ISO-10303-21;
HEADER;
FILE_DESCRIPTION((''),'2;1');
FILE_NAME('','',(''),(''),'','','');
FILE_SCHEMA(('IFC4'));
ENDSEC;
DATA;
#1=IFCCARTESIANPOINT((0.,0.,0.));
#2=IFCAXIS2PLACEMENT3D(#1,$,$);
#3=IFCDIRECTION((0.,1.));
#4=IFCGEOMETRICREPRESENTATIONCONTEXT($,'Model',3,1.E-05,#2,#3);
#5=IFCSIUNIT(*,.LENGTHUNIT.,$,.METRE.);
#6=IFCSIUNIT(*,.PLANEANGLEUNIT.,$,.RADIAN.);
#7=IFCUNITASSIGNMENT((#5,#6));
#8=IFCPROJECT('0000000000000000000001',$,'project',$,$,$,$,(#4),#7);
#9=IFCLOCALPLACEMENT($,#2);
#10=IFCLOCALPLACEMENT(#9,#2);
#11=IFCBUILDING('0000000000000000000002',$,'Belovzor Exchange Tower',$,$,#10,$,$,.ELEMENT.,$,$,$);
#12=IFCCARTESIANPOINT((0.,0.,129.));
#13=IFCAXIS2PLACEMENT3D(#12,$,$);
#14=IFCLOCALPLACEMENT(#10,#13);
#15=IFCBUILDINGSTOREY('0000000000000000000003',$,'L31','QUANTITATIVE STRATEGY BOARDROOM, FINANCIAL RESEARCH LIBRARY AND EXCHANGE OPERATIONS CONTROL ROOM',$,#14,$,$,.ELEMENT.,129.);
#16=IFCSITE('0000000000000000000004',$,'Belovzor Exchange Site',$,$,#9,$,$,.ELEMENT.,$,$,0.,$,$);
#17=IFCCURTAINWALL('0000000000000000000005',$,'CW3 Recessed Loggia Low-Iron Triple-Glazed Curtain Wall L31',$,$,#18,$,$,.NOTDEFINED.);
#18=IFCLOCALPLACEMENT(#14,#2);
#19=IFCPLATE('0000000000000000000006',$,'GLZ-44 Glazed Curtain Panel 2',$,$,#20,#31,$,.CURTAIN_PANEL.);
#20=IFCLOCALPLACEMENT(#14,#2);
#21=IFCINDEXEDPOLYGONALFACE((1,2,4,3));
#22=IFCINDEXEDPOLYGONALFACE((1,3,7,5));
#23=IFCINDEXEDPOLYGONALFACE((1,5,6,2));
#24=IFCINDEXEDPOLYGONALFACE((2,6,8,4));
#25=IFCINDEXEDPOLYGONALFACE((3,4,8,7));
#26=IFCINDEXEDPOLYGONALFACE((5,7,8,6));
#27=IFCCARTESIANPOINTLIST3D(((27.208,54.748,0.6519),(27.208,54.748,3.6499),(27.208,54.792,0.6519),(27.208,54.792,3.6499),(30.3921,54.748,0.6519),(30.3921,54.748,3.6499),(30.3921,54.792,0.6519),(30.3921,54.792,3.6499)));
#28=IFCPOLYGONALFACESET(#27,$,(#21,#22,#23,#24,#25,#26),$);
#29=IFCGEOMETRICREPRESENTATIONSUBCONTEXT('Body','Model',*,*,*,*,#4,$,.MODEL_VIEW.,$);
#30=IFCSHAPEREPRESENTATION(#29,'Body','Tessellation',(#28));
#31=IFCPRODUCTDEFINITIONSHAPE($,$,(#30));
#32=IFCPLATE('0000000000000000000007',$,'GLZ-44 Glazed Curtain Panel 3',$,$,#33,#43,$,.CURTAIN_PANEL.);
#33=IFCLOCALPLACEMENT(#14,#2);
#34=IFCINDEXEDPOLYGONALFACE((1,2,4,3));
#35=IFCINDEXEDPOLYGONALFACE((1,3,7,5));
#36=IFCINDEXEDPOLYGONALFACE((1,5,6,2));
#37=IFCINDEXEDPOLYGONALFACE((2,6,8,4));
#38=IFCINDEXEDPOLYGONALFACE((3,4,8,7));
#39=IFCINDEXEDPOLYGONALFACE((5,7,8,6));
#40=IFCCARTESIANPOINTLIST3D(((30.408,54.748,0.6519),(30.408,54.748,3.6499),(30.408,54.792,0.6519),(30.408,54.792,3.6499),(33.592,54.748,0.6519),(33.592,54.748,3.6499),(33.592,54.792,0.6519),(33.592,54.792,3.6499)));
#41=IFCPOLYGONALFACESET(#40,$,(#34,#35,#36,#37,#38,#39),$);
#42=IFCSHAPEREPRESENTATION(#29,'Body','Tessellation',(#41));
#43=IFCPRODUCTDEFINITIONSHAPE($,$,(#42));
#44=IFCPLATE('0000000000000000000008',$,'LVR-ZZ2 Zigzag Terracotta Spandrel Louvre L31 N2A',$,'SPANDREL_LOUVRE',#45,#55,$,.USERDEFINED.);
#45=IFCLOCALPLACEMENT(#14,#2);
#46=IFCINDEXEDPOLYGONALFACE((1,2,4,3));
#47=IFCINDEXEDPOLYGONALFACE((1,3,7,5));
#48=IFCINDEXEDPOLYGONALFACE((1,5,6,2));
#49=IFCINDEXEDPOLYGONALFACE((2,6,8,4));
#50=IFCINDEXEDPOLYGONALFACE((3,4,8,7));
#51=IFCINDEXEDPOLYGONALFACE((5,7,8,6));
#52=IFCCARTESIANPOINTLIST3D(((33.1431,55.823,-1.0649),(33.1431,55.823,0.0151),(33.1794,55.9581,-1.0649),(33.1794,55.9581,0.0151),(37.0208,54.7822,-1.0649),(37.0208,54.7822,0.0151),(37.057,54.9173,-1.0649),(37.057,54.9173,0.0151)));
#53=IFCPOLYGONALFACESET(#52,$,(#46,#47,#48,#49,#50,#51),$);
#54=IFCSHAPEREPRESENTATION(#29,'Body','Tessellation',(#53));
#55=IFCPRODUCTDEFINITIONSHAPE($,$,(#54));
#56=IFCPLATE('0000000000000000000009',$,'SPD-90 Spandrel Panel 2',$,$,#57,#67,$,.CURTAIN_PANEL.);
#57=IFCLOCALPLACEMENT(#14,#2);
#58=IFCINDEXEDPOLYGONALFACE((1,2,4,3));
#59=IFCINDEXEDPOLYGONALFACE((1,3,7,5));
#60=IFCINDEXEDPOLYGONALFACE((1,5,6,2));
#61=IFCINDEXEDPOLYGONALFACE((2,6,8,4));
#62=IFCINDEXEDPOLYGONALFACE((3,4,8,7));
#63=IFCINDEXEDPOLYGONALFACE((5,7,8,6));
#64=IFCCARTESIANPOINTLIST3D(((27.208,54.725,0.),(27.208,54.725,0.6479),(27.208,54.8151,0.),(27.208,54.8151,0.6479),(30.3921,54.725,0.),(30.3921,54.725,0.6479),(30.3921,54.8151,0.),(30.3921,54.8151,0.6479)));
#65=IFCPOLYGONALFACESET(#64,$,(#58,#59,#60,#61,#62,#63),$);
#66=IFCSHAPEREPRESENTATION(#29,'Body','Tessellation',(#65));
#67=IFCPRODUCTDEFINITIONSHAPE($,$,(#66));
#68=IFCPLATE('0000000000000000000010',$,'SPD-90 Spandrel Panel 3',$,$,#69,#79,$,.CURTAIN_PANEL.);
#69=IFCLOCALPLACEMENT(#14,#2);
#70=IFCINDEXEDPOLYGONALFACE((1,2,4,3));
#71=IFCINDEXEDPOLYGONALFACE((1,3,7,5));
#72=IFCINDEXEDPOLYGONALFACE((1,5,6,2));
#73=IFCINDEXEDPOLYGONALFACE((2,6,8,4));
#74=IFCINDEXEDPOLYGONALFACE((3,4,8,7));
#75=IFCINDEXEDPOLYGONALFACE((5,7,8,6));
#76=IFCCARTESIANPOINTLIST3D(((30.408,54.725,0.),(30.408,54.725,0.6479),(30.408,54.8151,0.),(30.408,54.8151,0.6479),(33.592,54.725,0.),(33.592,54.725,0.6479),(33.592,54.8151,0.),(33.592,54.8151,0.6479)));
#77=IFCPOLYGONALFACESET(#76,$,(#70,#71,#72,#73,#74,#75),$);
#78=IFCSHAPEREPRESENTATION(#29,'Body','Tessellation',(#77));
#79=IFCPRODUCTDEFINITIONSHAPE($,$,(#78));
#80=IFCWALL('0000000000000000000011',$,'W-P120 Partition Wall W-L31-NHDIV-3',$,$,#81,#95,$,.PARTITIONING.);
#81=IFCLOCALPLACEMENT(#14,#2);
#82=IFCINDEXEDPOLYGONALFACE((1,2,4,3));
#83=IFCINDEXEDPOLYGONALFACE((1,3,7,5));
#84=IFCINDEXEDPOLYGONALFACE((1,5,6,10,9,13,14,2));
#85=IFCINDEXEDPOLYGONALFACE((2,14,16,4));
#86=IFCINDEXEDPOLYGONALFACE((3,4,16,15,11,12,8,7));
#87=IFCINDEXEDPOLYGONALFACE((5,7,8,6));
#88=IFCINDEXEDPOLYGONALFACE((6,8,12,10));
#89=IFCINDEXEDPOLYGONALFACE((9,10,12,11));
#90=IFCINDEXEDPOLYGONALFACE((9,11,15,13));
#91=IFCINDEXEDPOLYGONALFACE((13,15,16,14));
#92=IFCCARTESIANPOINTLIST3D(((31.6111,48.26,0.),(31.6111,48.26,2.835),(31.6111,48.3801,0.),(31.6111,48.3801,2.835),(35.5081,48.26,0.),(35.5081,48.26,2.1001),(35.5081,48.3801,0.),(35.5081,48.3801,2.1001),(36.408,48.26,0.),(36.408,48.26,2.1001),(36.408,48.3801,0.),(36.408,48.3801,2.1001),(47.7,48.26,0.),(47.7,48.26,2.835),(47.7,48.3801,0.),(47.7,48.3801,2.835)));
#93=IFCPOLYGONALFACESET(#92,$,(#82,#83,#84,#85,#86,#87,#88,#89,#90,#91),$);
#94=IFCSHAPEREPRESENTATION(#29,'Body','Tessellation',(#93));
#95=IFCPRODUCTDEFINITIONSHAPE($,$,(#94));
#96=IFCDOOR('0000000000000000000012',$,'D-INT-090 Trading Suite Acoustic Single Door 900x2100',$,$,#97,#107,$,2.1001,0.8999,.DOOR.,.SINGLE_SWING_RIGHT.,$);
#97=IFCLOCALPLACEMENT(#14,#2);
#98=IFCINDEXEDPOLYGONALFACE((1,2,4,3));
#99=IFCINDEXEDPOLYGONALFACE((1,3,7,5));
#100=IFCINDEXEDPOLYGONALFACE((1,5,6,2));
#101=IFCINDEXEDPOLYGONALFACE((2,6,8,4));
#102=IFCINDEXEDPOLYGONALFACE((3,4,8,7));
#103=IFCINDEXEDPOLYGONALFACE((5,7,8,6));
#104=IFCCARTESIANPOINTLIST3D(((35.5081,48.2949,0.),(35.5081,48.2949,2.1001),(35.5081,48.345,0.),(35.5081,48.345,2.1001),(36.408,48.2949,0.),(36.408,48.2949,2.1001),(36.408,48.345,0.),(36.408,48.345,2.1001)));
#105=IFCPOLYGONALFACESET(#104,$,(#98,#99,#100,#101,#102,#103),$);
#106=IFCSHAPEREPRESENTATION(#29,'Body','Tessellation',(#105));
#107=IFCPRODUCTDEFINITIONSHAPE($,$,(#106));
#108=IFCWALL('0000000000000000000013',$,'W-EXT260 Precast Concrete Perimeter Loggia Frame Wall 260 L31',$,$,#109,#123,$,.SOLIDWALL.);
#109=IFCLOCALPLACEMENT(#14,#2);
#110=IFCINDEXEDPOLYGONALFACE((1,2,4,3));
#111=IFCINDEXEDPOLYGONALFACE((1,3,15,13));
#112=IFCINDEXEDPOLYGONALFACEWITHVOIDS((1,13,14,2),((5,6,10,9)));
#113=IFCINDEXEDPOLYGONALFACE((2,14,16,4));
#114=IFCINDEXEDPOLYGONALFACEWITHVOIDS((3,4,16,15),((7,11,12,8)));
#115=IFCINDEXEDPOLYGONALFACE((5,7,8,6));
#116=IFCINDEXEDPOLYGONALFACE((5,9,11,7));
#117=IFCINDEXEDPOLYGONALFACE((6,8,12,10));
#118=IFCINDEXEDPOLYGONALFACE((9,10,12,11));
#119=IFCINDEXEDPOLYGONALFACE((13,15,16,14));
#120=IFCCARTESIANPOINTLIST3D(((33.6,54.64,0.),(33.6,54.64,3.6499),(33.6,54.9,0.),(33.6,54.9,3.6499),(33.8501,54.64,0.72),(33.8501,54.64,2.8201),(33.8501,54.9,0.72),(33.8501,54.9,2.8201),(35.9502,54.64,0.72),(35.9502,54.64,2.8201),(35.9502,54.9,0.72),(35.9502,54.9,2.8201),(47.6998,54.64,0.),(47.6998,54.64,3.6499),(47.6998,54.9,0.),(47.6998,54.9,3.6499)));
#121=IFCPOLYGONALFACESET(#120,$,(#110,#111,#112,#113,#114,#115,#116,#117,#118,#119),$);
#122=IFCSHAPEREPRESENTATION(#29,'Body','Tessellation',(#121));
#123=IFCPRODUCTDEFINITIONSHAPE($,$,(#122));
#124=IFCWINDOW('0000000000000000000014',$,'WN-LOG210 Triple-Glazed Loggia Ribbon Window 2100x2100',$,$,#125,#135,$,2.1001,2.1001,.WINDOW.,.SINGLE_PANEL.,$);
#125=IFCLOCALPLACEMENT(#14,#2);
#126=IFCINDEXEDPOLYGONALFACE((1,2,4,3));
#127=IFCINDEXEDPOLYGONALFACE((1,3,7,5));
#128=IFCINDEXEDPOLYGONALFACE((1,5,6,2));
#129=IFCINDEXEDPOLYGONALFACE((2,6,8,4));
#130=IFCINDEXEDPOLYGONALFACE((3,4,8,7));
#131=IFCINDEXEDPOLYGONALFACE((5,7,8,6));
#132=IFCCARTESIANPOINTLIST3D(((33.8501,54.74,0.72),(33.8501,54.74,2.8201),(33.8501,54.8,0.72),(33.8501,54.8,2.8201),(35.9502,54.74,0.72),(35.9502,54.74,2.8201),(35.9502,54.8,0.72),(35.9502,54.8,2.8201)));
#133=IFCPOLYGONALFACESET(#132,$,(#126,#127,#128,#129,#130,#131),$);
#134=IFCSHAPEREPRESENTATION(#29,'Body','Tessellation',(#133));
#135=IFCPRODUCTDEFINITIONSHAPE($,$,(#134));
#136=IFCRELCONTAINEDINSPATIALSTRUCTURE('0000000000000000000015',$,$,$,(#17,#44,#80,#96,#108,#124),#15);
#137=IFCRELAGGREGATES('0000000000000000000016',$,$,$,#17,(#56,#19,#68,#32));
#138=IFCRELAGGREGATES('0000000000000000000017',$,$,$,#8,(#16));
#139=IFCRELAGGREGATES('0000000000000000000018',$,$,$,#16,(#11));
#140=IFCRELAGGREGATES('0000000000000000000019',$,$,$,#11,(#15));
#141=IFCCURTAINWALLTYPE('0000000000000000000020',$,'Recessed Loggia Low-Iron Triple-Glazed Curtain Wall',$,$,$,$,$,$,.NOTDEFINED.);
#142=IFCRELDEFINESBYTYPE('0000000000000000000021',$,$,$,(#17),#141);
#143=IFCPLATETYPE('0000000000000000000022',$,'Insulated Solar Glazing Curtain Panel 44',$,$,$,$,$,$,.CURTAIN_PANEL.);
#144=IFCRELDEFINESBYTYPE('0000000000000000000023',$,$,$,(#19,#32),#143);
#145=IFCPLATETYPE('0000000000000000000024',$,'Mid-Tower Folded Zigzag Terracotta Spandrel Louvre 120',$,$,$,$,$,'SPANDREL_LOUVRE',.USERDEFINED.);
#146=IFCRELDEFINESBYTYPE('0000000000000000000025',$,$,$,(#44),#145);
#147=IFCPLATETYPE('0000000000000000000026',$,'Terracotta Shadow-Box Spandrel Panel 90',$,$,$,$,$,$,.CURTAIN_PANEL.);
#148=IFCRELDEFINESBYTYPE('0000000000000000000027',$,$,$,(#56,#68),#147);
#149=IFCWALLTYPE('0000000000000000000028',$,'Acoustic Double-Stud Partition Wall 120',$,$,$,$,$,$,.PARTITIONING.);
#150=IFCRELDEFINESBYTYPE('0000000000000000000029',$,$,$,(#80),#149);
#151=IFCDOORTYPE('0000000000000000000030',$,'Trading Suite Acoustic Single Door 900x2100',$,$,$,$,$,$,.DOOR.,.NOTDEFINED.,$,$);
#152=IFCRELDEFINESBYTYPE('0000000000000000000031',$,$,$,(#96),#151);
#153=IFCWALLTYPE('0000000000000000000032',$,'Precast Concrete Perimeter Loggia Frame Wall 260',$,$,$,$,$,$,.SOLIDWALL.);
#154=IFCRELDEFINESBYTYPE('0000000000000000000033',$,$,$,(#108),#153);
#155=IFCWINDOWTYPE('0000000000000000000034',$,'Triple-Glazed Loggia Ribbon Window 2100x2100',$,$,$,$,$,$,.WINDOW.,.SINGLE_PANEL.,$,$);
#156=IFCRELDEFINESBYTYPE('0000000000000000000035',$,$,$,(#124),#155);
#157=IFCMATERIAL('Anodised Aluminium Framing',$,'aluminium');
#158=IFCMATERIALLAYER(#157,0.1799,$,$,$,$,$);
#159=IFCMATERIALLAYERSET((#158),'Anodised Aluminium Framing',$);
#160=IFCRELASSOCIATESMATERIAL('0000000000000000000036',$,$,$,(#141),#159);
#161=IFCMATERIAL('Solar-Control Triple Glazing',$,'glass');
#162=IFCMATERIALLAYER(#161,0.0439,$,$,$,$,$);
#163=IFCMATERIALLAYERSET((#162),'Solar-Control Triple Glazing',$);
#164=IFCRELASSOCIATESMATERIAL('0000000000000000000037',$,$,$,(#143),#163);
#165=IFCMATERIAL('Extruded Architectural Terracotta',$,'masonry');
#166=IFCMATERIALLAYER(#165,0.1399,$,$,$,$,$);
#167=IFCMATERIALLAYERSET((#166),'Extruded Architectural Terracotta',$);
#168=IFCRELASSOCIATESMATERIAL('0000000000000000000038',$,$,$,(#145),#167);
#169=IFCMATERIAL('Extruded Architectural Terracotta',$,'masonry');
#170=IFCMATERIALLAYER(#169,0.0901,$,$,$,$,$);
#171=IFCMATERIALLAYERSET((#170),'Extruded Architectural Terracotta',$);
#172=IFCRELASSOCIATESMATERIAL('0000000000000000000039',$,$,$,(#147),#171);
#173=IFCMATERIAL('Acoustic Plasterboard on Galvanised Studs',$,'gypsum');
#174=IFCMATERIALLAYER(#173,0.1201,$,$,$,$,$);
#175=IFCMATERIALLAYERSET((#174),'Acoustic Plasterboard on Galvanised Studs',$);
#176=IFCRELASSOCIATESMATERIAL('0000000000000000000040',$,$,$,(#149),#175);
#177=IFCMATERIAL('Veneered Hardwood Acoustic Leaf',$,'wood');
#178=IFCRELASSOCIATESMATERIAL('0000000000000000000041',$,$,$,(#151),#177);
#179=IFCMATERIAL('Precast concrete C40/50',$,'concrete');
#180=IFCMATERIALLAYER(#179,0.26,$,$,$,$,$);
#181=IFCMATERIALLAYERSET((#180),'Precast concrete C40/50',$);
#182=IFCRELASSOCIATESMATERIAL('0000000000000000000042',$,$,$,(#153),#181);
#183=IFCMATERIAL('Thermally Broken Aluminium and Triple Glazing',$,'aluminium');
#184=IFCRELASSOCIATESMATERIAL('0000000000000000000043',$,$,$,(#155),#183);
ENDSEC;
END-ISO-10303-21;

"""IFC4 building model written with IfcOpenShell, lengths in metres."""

from ifc_helpers import new_model, si_unit, direction, frame, frame_2d, origin, origin_2d, place, context, subcontext, project, spatial, rectangle, extrude, material, layer, layer_set, type_object, element, fill, aggregate, save


model = new_model("IFC4")

# Units and contexts
model_context = context("Model", 3, precision=1e-05, world=origin(), true_north=direction((0.0, 1.0)))
body_context = subcontext(model_context, "Body", "Model", "MODEL_VIEW")
ifc_project = project(units=[si_unit("LENGTHUNIT", "METRE"), si_unit("PLANEANGLEUNIT", "RADIAN")], contexts=[model_context])

# Site, building, storey
site_placement = place(None, origin())
site = spatial("IfcSite", under=ifc_project, at=site_placement, Name="Belovzor Exchange Site", CompositionType="ELEMENT", RefElevation=0.0)
building_placement = place(site_placement, origin())
building = spatial("IfcBuilding", under=site, at=building_placement, Name="Belovzor Exchange Tower", CompositionType="ELEMENT")
storey_placement = place(building_placement, frame((0.0, 0.0, 129.0)))
storey = spatial("IfcBuildingStorey", under=building, at=storey_placement, Name="L31", Description="QUANTITATIVE STRATEGY BOARDROOM, FINANCIAL RESEARCH LIBRARY AND EXCHANGE OPERATIONS CONTROL ROOM", CompositionType="ELEMENT", Elevation=129.0)

# Curtain wall, plates
ifc_material_1 = material(Name="Anodised Aluminium Framing", Category="aluminium")
ifc_layer_1 = layer(ifc_material_1, 0.1799)
ifc_layer_set_1 = layer_set([ifc_layer_1], Name="Anodised Aluminium Framing")
curtain_wall_type = type_object("IfcCurtainWallType", Name="Recessed Loggia Low-Iron Triple-Glazed Curtain Wall", PredefinedType="NOTDEFINED", material=ifc_layer_set_1)
curtain_wall_placement = place(storey_placement, origin())
curtain_wall = element("IfcCurtainWall", 1, at=curtain_wall_placement, inside=storey, type_object=curtain_wall_type, Name="CW3 Recessed Loggia Low-Iron Triple-Glazed Curtain Wall L31", PredefinedType="NOTDEFINED")
ifc_material_2 = material(Name="Solar-Control Triple Glazing", Category="glass")
ifc_layer_2 = layer(ifc_material_2, 0.0439)
ifc_layer_set_2 = layer_set([ifc_layer_2], Name="Solar-Control Triple Glazing")
plate_type_1 = type_object("IfcPlateType", Name="Insulated Solar Glazing Curtain Panel 44", PredefinedType="CURTAIN_PANEL", material=ifc_layer_set_2)
plate_1_placement = place(storey_placement, frame((28.8, 54.77, 0.6519), z_axis=(0.0, 0.0, 1.0), x_axis=(1.0, 0.0, 0.0)))
plate_1 = element("IfcPlate", 2, at=plate_1_placement, type_object=plate_type_1, Name="GLZ-44 Glazed Curtain Panel 2", PredefinedType="CURTAIN_PANEL", context=body_context, shape_type="SweptSolid", body=[
    extrude(rectangle(XDim=3.1841, YDim=0.0439, at=origin_2d()), origin(), (0.0, 0.0, 1.0), 2.998),
])
plate_2_placement = place(storey_placement, frame((32.0, 54.77, 0.6519), z_axis=(0.0, 0.0, 1.0), x_axis=(1.0, 0.0, 0.0)))
plate_2 = element("IfcPlate", 3, at=plate_2_placement, type_object=plate_type_1, Name="GLZ-44 Glazed Curtain Panel 3", PredefinedType="CURTAIN_PANEL", context=body_context, shape_type="SweptSolid", body=[
    extrude(rectangle(XDim=3.1841, YDim=0.0439, at=origin_2d()), origin(), (0.0, 0.0, 1.0), 2.998),
])

# Plates
ifc_material_3 = material(Name="Extruded Architectural Terracotta", Category="masonry")
ifc_layer_3 = layer(ifc_material_3, 0.1399)
ifc_layer_set_3 = layer_set([ifc_layer_3], Name="Extruded Architectural Terracotta")
plate_type_2 = type_object("IfcPlateType", Name="Mid-Tower Folded Zigzag Terracotta Spandrel Louvre 120", ElementType="SPANDREL_LOUVRE", PredefinedType="USERDEFINED", material=ifc_layer_set_3)
plate_3_placement = place(storey_placement, frame((35.1001, 55.3701, -1.0649), z_axis=(0.0, 0.0, 1.0), x_axis=(0.965813, -0.25924, 0.0)))
element("IfcPlate", 4, at=plate_3_placement, inside=storey, type_object=plate_type_2, Name="LVR-ZZ2 Zigzag Terracotta Spandrel Louvre L31 N2A", ObjectType="SPANDREL_LOUVRE", PredefinedType="USERDEFINED", context=body_context, shape_type="SweptSolid", body=[
    extrude(rectangle(XDim=4.0149, YDim=0.1399, at=origin_2d()), origin(), (0.0, 0.0, 1.0), 1.0801),
])
ifc_material_4 = material(Name="Extruded Architectural Terracotta", Category="masonry")
ifc_layer_4 = layer(ifc_material_4, 0.0901)
ifc_layer_set_4 = layer_set([ifc_layer_4], Name="Extruded Architectural Terracotta")
plate_type_3 = type_object("IfcPlateType", Name="Terracotta Shadow-Box Spandrel Panel 90", PredefinedType="CURTAIN_PANEL", material=ifc_layer_set_4)
plate_4_placement = place(storey_placement, frame((28.8, 54.77, 0.0), z_axis=(0.0, 0.0, 1.0), x_axis=(1.0, 0.0, 0.0)))
plate_4 = element("IfcPlate", 5, at=plate_4_placement, type_object=plate_type_3, Name="SPD-90 Spandrel Panel 2", PredefinedType="CURTAIN_PANEL", context=body_context, shape_type="SweptSolid", body=[
    extrude(rectangle(XDim=3.1841, YDim=0.0901, at=origin_2d()), origin(), (0.0, 0.0, 1.0), 0.6479),
])
plate_5_placement = place(storey_placement, frame((32.0, 54.77, 0.0), z_axis=(0.0, 0.0, 1.0), x_axis=(1.0, 0.0, 0.0)))
plate_5 = element("IfcPlate", 6, at=plate_5_placement, type_object=plate_type_3, Name="SPD-90 Spandrel Panel 3", PredefinedType="CURTAIN_PANEL", context=body_context, shape_type="SweptSolid", body=[
    extrude(rectangle(XDim=3.1841, YDim=0.0901, at=origin_2d()), origin(), (0.0, 0.0, 1.0), 0.6479),
])
aggregate(curtain_wall, [plate_4, plate_1, plate_5, plate_2])

# Wall, opening, door
ifc_material_5 = material(Name="Acoustic Plasterboard on Galvanised Studs", Category="gypsum")
ifc_layer_5 = layer(ifc_material_5, 0.1201)
ifc_layer_set_5 = layer_set([ifc_layer_5], Name="Acoustic Plasterboard on Galvanised Studs")
wall_type_1 = type_object("IfcWallType", Name="Acoustic Double-Stud Partition Wall 120", PredefinedType="PARTITIONING", material=ifc_layer_set_5)
wall_1_placement = place(storey_placement, frame((31.6111, 48.3201, 0.0), z_axis=(0.0, 0.0, 1.0), x_axis=(1.0, 0.0, 0.0)))
wall_1 = element("IfcWall", 7, at=wall_1_placement, inside=storey, type_object=wall_type_1, Name="W-P120 Partition Wall W-L31-NHDIV-3", PredefinedType="PARTITIONING", context=body_context, shape_type="SweptSolid", body=[
    extrude(rectangle(XDim=16.0889, YDim=0.1201, at=frame_2d((8.0444, 0.0))), origin(), (0.0, 0.0, 1.0), 2.835),
])
opening_1_placement = place(wall_1_placement, frame((3.897, 0.0, 0.0)))
opening_1 = element("IfcOpeningElement", 8, at=opening_1_placement, cuts=wall_1, PredefinedType="OPENING", context=body_context, shape_type="SweptSolid", body=[
    extrude(rectangle(XDim=0.8999, YDim=2.1001, at=frame_2d((0.45, 1.05))), frame((0.0, 0.0701, 0.0), z_axis=(0.0, -1.0, 0.0), x_axis=(1.0, 0.0, 0.0)), (0.0, 0.0, 1.0), 0.1401),
])
ifc_material_6 = material(Name="Veneered Hardwood Acoustic Leaf", Category="wood")
door_type = type_object("IfcDoorType", Name="Trading Suite Acoustic Single Door 900x2100", OperationType="NOTDEFINED", PredefinedType="DOOR", material=ifc_material_6)
door_placement = place(opening_1_placement, origin())
door = element("IfcDoor", 9, at=door_placement, inside=storey, type_object=door_type, Name="D-INT-090 Trading Suite Acoustic Single Door 900x2100", OperationType="SINGLE_SWING_RIGHT", OverallHeight=2.1001, OverallWidth=0.8999, PredefinedType="DOOR", context=body_context, shape_type="SweptSolid", body=[
    extrude(rectangle(XDim=0.8999, YDim=2.1001, at=frame_2d((0.45, 1.05))), frame((0.0, 0.0249, 0.0), z_axis=(0.0, -1.0, 0.0), x_axis=(1.0, 0.0, 0.0)), (0.0, 0.0, 1.0), 0.05),
])
fill(opening_1, door)

# Wall, opening, window
ifc_material_7 = material(Name="Precast concrete C40/50", Category="concrete")
ifc_layer_6 = layer(ifc_material_7, 0.26)
ifc_layer_set_6 = layer_set([ifc_layer_6], Name="Precast concrete C40/50")
wall_type_2 = type_object("IfcWallType", Name="Precast Concrete Perimeter Loggia Frame Wall 260", PredefinedType="SOLIDWALL", material=ifc_layer_set_6)
wall_2_placement = place(storey_placement, frame((33.6001, 54.77, 0.0), z_axis=(0.0, 0.0, 1.0), x_axis=(1.0, 0.0, 0.0)))
wall_2 = element("IfcWall", 10, at=wall_2_placement, inside=storey, type_object=wall_type_2, Name="W-EXT260 Precast Concrete Perimeter Loggia Frame Wall 260 L31", PredefinedType="SOLIDWALL", context=body_context, shape_type="SweptSolid", body=[
    extrude(rectangle(XDim=14.0999, YDim=0.26, at=frame_2d((7.0498, 0.0))), origin(), (0.0, 0.0, 1.0), 3.6499),
])
opening_2_placement = place(wall_2_placement, frame((0.25, 0.0, 0.72)))
opening_2 = element("IfcOpeningElement", 11, at=opening_2_placement, cuts=wall_2, PredefinedType="OPENING", context=body_context, shape_type="SweptSolid", body=[
    extrude(rectangle(XDim=2.1001, YDim=2.1001, at=frame_2d((1.05, 1.05))), frame((0.0, 0.1399, 0.0), z_axis=(0.0, -1.0, 0.0), x_axis=(1.0, 0.0, 0.0)), (0.0, 0.0, 1.0), 0.28),
])
ifc_material_8 = material(Name="Thermally Broken Aluminium and Triple Glazing", Category="aluminium")
window_type = type_object("IfcWindowType", Name="Triple-Glazed Loggia Ribbon Window 2100x2100", PartitioningType="SINGLE_PANEL", PredefinedType="WINDOW", material=ifc_material_8)
window_placement = place(opening_2_placement, origin())
window = element("IfcWindow", 12, at=window_placement, inside=storey, type_object=window_type, Name="WN-LOG210 Triple-Glazed Loggia Ribbon Window 2100x2100", OverallHeight=2.1001, OverallWidth=2.1001, PartitioningType="SINGLE_PANEL", PredefinedType="WINDOW", context=body_context, shape_type="SweptSolid", body=[
    extrude(rectangle(XDim=2.1001, YDim=2.1001, at=frame_2d((1.05, 1.05))), frame((0.0, 0.03, 0.0), z_axis=(0.0, -1.0, 0.0), x_axis=(1.0, 0.0, 0.0)), (0.0, 0.0, 1.0), 0.0601),
])
fill(opening_2, window)

save(model, "model.ifc")
